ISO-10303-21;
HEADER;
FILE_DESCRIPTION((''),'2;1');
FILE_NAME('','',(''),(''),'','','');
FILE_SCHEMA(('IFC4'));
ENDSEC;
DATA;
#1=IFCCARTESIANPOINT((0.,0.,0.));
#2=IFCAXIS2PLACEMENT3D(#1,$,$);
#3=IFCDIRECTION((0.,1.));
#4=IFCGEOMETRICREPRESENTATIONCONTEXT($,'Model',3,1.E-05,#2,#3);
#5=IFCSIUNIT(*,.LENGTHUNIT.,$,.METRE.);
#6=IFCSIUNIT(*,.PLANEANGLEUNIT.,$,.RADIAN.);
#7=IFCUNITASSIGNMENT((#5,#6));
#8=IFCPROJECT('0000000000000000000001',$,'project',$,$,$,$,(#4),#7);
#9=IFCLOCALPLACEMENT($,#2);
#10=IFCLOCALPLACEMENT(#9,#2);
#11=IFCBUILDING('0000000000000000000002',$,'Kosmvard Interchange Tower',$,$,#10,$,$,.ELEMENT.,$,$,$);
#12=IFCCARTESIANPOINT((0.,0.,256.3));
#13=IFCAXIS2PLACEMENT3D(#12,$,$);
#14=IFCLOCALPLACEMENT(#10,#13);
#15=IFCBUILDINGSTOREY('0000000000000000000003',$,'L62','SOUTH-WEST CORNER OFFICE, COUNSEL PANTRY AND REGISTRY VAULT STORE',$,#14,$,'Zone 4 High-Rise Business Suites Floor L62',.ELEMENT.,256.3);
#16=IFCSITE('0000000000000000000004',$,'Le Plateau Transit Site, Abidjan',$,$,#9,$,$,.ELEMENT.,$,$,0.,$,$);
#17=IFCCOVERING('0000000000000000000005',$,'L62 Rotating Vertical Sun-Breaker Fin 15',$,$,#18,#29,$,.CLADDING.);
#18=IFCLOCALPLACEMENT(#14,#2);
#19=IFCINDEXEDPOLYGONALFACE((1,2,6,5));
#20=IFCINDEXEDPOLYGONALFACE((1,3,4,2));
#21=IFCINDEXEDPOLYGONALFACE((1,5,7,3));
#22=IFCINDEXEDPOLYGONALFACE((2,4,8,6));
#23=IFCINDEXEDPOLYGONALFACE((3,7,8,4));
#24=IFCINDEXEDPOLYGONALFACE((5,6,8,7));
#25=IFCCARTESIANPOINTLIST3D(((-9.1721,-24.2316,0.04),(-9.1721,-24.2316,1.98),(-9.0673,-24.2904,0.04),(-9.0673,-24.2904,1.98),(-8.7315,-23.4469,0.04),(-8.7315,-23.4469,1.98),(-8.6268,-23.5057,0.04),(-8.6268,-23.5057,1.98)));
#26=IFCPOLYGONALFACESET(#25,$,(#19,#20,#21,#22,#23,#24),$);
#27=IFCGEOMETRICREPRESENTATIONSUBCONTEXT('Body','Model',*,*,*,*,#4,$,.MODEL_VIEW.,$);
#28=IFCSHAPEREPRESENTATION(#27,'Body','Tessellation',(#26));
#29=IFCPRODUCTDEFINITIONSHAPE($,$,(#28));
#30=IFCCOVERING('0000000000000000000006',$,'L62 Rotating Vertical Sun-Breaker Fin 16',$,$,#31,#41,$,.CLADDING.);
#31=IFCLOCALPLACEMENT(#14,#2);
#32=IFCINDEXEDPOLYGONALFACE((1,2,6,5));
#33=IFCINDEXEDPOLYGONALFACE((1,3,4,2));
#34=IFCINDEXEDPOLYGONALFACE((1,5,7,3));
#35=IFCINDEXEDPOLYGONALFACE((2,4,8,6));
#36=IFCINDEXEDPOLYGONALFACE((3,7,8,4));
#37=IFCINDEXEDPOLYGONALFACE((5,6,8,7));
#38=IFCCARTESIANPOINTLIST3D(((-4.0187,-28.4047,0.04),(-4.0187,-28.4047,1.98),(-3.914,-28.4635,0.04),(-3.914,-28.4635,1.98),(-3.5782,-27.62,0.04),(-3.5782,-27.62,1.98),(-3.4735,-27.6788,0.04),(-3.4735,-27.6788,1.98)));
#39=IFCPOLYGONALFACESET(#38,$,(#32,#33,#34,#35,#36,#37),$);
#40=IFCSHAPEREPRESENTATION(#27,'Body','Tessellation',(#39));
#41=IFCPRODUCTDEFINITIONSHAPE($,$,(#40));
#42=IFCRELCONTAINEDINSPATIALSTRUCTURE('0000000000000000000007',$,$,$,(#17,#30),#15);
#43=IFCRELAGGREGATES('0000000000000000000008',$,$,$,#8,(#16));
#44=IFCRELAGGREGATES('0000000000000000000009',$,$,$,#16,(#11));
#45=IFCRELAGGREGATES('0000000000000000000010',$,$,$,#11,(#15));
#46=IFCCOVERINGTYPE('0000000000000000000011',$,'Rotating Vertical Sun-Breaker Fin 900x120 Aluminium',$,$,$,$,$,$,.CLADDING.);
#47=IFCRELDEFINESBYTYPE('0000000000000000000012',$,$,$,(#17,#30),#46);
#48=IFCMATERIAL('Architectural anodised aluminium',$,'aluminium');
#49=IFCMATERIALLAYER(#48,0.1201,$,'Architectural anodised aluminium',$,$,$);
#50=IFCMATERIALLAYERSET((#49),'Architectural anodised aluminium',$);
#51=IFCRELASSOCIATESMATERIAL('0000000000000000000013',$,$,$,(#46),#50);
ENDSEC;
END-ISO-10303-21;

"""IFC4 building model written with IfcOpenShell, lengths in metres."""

from ifc_helpers import new_model, si_unit, direction, frame, origin, origin_2d, place, context, subcontext, project, spatial, rectangle, extrude, source, transform, mapped, material, layer, layer_set, type_object, element, save


model = new_model("IFC4")

# Units and contexts
model_context = context("Model", 3, precision=1e-05, world=origin(), true_north=direction((0.0, 1.0)))
body_context = subcontext(model_context, "Body", "Model", "MODEL_VIEW")
ifc_project = project(units=[si_unit("LENGTHUNIT", "METRE"), si_unit("PLANEANGLEUNIT", "RADIAN")], contexts=[model_context])

# Site, building, storey
site_placement = place(None, origin())
site = spatial("IfcSite", under=ifc_project, at=site_placement, Name="Le Plateau Transit Site, Abidjan", CompositionType="ELEMENT", RefElevation=0.0)
building_placement = place(site_placement, origin())
building = spatial("IfcBuilding", under=site, at=building_placement, Name="Kosmvard Interchange Tower", CompositionType="ELEMENT")
storey_placement = place(building_placement, frame((0.0, 0.0, 256.3)))
storey = spatial("IfcBuildingStorey", under=building, at=storey_placement, Name="L62", Description="SOUTH-WEST CORNER OFFICE, COUNSEL PANTRY AND REGISTRY VAULT STORE", LongName="Zone 4 High-Rise Business Suites Floor L62", CompositionType="ELEMENT", Elevation=256.3)

# Coverings
ifc_material_1 = material(Name="Architectural anodised aluminium", Category="aluminium")
ifc_layer_1 = layer(ifc_material_1, 0.1201, Name="Architectural anodised aluminium")
ifc_layer_set_1 = layer_set([ifc_layer_1], Name="Architectural anodised aluminium")
covering_type = type_object("IfcCoveringType", Name="Rotating Vertical Sun-Breaker Fin 900x120 Aluminium", PredefinedType="CLADDING", material=ifc_layer_set_1)
shared_shape_1 = source(origin(), body_context, "Body", "SweptSolid", [
    extrude(rectangle(XDim=0.8999, YDim=0.1201, at=origin_2d()), origin(), (0.0, 0.0, 1.0), 1.9399),
])
for number, where, z_axis, x_axis, name in (
    (1, (-8.8994, -23.8687, 0.04), (0.0, 0.0, 1.0), (-0.489535, -0.871984, 0.0), "L62 Rotating Vertical Sun-Breaker Fin 15"),
    (2, (-3.7461, -28.0417, 0.04), (0.0, 0.0, 1.0), (-0.489535, -0.871984, 0.0), "L62 Rotating Vertical Sun-Breaker Fin 16"),
):
    element("IfcCovering", number, at=place(storey_placement, frame(where, z_axis=z_axis, x_axis=x_axis)), inside=storey, type_object=covering_type, Name=name, PredefinedType="CLADDING", context=body_context, shape_type="MappedRepresentation", body=[
        mapped(shared_shape_1, transform((0.0, 0.0, 0.0), scale=1.0)),
    ])

save(model, "model.ifc")
